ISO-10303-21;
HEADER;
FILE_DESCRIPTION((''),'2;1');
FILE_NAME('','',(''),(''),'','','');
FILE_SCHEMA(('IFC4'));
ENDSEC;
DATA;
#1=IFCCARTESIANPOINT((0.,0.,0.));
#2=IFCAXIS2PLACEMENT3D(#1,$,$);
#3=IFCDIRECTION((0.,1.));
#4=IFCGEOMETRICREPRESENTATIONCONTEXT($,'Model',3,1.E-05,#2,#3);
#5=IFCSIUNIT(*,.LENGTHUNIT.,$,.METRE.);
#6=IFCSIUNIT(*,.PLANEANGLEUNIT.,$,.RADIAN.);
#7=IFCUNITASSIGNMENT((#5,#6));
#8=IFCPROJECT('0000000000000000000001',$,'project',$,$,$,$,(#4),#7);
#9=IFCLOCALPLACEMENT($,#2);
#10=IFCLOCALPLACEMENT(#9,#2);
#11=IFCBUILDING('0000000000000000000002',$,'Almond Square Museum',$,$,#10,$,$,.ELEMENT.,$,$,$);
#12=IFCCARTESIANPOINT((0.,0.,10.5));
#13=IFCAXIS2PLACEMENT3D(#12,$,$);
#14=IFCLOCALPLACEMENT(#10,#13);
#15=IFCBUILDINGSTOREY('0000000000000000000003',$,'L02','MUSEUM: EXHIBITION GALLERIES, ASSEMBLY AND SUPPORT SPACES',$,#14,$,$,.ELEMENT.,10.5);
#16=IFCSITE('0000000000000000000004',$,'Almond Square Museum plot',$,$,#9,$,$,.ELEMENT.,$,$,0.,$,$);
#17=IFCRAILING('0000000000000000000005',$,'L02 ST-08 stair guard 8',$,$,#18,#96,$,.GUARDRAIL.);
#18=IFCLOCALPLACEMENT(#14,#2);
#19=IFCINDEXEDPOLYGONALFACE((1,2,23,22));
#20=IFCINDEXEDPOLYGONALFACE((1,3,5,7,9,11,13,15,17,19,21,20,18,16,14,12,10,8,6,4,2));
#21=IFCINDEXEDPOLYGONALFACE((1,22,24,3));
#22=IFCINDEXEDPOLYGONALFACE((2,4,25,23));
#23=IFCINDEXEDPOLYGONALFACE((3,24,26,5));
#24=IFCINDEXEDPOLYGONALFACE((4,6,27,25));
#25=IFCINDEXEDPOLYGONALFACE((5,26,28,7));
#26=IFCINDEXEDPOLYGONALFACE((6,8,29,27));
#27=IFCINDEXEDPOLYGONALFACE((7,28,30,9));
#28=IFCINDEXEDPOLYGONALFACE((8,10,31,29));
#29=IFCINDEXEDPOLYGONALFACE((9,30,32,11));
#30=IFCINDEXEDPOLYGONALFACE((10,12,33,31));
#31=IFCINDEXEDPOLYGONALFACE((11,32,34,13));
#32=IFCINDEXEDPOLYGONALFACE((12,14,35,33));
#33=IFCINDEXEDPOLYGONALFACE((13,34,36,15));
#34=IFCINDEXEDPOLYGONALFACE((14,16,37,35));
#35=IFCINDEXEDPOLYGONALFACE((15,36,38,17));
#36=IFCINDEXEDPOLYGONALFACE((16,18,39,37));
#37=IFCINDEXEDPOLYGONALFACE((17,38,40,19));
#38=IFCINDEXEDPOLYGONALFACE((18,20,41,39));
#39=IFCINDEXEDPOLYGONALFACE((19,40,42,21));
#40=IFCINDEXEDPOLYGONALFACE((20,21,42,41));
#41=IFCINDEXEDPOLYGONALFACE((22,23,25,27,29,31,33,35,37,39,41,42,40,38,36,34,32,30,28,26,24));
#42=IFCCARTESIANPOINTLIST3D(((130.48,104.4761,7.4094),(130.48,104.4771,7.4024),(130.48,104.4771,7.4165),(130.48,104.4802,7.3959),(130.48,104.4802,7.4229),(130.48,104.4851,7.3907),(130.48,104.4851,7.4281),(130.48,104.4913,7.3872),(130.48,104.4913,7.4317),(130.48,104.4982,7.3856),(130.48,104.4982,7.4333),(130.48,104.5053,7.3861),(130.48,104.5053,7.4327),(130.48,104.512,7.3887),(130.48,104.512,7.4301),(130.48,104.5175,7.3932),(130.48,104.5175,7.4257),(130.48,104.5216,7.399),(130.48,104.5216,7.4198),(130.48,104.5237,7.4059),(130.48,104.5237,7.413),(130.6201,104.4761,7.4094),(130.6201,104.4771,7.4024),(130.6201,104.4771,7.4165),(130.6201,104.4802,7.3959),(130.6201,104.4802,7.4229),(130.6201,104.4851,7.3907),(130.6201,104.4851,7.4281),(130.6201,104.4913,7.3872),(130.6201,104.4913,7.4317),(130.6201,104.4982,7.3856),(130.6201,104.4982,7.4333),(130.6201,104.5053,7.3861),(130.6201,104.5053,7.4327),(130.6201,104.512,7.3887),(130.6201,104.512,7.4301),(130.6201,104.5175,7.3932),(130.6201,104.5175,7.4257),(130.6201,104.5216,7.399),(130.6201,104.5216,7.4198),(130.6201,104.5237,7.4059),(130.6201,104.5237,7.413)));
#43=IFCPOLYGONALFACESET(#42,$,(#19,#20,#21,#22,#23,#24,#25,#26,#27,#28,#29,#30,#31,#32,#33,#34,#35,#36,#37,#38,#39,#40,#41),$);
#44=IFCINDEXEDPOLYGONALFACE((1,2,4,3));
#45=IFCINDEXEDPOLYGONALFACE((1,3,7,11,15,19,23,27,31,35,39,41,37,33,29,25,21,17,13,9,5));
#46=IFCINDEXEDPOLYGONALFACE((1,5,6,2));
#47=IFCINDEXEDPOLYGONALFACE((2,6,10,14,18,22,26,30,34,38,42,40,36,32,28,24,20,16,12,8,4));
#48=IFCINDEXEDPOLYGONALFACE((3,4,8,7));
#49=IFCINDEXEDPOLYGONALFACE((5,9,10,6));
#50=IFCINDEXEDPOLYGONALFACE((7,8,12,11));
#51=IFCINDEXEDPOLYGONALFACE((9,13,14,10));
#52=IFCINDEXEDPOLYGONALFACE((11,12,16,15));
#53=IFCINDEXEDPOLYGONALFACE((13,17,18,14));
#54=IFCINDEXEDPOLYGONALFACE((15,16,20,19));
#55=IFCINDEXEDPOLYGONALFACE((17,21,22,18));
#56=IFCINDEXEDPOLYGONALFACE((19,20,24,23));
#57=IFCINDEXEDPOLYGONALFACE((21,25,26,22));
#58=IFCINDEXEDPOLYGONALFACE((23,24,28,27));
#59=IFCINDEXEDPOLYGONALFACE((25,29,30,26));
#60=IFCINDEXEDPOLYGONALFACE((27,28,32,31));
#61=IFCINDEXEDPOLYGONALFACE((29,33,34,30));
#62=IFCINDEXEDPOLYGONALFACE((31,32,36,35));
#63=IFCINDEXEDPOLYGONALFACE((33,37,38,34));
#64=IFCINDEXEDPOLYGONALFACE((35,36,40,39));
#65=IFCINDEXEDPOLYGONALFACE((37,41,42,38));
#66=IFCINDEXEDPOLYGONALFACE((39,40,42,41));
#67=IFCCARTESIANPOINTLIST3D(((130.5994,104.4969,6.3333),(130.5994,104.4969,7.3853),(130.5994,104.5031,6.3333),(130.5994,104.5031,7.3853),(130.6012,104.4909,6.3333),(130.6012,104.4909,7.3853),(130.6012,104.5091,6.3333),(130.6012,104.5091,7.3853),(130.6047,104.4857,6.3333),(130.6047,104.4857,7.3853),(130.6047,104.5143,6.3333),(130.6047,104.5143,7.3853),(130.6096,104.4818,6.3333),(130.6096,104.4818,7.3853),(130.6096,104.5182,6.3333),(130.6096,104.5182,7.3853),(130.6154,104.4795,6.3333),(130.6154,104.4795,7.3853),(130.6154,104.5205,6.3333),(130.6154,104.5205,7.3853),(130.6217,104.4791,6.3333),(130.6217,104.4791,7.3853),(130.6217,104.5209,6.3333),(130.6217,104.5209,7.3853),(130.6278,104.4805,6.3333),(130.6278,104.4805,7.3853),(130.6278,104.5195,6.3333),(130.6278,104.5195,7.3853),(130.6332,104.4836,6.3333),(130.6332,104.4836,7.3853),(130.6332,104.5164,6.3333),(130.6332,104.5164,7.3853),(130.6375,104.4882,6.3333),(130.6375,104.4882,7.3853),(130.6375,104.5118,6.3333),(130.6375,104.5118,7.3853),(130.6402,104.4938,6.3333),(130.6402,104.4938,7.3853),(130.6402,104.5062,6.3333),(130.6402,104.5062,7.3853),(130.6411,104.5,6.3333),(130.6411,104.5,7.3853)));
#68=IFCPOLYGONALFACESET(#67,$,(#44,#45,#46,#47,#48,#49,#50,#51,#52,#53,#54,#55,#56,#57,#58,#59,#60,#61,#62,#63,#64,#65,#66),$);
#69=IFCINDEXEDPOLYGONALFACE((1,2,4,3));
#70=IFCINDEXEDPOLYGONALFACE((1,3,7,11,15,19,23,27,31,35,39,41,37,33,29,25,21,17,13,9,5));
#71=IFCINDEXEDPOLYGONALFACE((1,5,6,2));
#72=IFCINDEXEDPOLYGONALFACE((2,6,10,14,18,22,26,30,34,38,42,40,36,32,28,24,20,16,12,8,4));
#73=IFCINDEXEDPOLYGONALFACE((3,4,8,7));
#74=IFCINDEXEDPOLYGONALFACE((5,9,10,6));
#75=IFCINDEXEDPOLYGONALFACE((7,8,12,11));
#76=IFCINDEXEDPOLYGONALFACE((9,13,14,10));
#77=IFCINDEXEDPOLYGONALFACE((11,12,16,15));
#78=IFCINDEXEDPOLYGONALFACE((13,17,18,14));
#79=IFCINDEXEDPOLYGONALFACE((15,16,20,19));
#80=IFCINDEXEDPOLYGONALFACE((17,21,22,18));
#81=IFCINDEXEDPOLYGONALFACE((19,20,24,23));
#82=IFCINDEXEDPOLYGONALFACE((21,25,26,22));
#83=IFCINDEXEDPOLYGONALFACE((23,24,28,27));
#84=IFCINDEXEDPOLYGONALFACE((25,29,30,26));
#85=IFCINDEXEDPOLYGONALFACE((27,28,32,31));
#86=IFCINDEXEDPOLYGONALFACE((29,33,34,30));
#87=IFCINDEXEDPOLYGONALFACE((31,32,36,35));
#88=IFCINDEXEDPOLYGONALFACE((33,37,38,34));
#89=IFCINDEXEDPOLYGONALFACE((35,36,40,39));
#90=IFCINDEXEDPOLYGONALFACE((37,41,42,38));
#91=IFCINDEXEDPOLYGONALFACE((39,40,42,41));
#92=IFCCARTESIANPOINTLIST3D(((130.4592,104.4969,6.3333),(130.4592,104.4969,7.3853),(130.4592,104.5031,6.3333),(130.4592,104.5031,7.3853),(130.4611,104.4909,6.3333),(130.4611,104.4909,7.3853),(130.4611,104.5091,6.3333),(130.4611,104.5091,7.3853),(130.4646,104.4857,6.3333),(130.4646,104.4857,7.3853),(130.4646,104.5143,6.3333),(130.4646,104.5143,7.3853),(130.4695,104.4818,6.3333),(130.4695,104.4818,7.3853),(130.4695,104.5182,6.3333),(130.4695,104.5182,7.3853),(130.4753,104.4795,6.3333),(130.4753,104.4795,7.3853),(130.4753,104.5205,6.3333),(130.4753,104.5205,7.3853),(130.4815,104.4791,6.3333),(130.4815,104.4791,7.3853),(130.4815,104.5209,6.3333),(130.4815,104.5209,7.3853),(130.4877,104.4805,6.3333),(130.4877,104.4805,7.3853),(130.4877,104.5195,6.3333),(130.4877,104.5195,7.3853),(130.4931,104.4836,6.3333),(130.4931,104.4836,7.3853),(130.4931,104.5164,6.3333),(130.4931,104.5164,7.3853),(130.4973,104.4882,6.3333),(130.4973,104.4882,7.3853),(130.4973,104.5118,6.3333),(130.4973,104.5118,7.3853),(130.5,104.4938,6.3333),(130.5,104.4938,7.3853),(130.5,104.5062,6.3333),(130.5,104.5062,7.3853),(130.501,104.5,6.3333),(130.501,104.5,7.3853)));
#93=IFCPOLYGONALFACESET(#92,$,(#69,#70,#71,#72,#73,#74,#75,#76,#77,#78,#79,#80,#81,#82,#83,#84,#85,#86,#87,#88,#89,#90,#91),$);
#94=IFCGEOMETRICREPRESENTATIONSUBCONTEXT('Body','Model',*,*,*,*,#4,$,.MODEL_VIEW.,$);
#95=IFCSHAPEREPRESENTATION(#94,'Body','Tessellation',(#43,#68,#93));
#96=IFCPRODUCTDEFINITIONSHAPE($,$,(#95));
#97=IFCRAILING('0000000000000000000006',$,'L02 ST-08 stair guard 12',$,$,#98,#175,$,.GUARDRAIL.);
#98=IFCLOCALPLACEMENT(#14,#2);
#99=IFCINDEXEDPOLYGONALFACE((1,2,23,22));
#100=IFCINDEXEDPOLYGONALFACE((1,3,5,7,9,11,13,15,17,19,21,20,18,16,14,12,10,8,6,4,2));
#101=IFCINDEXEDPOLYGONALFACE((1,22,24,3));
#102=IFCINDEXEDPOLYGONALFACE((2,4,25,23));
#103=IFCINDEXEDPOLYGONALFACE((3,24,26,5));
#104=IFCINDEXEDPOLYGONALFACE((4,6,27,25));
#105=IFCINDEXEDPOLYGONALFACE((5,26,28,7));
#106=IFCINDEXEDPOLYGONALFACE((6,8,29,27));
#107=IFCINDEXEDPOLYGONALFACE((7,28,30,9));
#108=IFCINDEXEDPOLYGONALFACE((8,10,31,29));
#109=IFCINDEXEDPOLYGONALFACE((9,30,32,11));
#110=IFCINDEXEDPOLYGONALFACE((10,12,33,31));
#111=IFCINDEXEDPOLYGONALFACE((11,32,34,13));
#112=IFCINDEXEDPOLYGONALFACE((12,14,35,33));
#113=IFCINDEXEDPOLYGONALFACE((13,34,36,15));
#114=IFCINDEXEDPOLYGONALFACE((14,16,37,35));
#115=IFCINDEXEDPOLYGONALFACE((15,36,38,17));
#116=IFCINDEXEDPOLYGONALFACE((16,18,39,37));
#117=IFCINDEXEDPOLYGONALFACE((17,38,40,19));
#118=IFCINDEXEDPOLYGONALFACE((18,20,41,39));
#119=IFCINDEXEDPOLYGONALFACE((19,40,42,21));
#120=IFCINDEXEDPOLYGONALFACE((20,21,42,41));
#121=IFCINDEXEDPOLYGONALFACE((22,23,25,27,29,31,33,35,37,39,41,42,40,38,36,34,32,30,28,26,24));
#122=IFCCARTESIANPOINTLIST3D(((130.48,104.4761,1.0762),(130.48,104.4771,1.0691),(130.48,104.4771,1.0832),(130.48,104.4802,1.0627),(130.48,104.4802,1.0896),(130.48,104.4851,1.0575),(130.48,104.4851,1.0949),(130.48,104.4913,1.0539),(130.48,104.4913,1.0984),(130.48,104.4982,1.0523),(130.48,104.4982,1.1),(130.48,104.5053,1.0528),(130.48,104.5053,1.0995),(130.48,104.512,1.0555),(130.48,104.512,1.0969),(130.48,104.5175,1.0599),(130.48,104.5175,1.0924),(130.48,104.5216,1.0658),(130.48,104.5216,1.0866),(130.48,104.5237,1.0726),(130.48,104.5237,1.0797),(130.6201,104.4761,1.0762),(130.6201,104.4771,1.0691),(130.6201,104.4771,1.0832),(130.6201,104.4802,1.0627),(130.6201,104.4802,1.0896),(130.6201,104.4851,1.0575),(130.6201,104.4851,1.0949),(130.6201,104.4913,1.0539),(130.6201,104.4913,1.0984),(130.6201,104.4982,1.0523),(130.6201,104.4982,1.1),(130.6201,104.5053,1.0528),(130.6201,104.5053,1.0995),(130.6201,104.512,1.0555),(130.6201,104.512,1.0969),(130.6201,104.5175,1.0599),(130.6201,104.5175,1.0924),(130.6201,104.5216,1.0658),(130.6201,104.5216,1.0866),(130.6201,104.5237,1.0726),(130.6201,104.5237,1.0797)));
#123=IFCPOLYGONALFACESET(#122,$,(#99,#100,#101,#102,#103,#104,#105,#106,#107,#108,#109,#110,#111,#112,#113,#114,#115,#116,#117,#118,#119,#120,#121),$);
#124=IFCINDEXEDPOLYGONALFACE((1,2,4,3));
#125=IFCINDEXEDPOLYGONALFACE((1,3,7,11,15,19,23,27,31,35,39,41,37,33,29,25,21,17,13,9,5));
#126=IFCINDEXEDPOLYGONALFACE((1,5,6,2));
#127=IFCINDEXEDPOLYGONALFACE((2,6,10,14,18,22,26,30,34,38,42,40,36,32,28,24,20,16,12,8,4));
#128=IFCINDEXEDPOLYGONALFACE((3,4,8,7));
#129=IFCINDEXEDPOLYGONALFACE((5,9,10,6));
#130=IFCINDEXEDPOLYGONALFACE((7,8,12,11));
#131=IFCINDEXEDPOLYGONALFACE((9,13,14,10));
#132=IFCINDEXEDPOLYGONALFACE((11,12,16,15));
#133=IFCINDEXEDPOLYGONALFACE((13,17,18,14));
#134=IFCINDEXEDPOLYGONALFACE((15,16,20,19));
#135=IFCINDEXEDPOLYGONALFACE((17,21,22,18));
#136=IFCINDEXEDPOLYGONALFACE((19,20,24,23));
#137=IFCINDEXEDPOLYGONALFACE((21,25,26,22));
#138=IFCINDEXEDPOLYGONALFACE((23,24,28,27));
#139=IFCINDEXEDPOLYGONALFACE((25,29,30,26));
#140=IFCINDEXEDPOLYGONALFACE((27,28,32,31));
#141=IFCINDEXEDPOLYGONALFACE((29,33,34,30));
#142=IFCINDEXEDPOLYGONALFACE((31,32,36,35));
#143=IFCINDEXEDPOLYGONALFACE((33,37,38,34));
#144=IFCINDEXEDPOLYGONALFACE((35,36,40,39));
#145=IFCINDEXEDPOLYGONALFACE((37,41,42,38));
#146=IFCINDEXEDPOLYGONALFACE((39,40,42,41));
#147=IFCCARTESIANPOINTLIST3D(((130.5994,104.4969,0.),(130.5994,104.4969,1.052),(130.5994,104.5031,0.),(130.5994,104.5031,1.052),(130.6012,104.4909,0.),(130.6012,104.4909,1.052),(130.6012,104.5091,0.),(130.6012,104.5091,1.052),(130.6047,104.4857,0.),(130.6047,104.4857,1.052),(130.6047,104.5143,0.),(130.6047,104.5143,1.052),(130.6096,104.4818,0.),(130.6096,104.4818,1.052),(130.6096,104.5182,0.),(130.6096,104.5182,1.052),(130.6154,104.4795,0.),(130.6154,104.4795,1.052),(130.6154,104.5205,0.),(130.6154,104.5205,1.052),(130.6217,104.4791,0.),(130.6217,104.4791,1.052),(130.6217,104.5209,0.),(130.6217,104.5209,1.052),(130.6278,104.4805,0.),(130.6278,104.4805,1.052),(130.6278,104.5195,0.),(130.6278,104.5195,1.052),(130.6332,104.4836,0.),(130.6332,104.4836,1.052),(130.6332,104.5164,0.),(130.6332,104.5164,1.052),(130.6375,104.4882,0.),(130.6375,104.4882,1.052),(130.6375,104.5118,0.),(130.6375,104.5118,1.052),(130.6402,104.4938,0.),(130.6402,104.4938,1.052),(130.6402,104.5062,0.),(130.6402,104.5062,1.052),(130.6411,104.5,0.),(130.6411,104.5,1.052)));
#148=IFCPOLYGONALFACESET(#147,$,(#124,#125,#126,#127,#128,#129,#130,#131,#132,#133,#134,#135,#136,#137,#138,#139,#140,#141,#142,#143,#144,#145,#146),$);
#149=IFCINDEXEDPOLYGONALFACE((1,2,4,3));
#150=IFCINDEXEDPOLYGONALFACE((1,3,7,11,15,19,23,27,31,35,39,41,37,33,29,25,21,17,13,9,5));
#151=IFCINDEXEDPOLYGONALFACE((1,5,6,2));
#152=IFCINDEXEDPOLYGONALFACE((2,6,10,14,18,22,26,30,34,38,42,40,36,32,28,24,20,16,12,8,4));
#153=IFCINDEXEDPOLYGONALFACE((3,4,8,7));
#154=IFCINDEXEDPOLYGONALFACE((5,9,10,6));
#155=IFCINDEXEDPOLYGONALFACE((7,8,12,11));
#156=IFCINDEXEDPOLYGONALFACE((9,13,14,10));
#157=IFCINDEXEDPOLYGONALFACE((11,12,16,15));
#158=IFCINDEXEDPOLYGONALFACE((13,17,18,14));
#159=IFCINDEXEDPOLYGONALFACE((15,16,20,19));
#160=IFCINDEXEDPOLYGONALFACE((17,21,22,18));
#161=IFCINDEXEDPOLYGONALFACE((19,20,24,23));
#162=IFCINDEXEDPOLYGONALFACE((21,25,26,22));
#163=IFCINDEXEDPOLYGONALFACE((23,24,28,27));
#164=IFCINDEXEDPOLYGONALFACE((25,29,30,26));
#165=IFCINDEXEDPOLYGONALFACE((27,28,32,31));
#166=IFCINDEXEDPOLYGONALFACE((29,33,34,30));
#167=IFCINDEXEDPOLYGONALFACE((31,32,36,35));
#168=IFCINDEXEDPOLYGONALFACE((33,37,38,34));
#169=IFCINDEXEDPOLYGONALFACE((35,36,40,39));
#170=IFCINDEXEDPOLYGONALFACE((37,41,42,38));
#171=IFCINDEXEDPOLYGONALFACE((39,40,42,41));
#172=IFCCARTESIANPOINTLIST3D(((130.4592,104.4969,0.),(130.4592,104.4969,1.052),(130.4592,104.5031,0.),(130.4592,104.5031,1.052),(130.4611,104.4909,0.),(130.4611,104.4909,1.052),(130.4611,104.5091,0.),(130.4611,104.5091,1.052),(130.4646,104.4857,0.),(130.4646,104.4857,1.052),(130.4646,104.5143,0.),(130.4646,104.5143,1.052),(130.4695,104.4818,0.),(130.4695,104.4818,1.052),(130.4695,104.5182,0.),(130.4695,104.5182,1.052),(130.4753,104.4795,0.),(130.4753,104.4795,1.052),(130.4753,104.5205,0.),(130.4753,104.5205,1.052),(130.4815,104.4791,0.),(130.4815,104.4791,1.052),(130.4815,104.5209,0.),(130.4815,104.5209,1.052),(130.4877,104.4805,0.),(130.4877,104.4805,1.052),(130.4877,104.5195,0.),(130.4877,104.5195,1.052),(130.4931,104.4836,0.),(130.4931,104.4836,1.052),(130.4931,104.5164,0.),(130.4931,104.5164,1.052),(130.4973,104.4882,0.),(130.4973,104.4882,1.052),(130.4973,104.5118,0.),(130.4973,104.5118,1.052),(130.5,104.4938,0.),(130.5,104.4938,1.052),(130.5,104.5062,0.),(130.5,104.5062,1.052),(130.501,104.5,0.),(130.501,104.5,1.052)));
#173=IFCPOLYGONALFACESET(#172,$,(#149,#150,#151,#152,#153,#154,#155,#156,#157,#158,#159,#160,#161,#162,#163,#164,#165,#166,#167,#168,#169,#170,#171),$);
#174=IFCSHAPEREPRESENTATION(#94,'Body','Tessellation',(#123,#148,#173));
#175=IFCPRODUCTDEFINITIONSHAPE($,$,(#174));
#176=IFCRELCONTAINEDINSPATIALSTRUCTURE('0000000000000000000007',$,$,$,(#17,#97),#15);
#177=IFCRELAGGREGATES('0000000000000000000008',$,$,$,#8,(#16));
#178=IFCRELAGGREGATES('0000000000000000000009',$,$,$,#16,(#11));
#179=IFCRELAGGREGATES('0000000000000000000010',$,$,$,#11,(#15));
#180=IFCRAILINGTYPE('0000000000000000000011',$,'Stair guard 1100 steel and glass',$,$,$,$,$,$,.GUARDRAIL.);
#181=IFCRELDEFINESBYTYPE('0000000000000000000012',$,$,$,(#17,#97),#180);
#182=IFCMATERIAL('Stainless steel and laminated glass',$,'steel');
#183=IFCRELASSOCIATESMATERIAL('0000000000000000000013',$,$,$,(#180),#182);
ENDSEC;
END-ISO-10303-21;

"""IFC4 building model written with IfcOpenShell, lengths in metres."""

from ifc_helpers import new_model, si_unit, direction, frame, origin, origin_2d, place, context, subcontext, project, spatial, circle, extrude, material, type_object, element, save


model = new_model("IFC4")

# Units and contexts
model_context = context("Model", 3, precision=1e-05, world=origin(), true_north=direction((0.0, 1.0)))
body_context = subcontext(model_context, "Body", "Model", "MODEL_VIEW")
ifc_project = project(units=[si_unit("LENGTHUNIT", "METRE"), si_unit("PLANEANGLEUNIT", "RADIAN")], contexts=[model_context])

# Site, building, storey
site_placement = place(None, origin())
site = spatial("IfcSite", under=ifc_project, at=site_placement, Name="Almond Square Museum plot", CompositionType="ELEMENT", RefElevation=0.0)
building_placement = place(site_placement, origin())
building = spatial("IfcBuilding", under=site, at=building_placement, Name="Almond Square Museum", CompositionType="ELEMENT")
storey_placement = place(building_placement, frame((0.0, 0.0, 10.5)))
storey = spatial("IfcBuildingStorey", under=building, at=storey_placement, Name="L02", Description="MUSEUM: EXHIBITION GALLERIES, ASSEMBLY AND SUPPORT SPACES", CompositionType="ELEMENT", Elevation=10.5)

# Railings
ifc_material_1 = material(Name="Stainless steel and laminated glass", Category="steel")
railing_type_1 = type_object("IfcRailingType", Name="Stair guard 1100 steel and glass", PredefinedType="GUARDRAIL", material=ifc_material_1)
for number, where, name in (
    (1, (130.6201, 104.5, 6.3333), "L02 ST-08 stair guard 8"),
    (2, (130.6201, 104.5, 0.0), "L02 ST-08 stair guard 12"),
):
    element("IfcRailing", number, at=place(storey_placement, frame(where)), inside=storey, type_object=railing_type_1, Name=name, PredefinedType="GUARDRAIL", context=body_context, shape_type="SweptSolid", body=[
        extrude(circle(Radius=0.0239, at=origin_2d()), frame((0.0, 0.0, 1.0762), z_axis=(-1.0, 0.0, 0.0), x_axis=(0.0, -1.0, 0.0)), (0.0, 0.0, 1.0), 0.1401),
        extrude(circle(Radius=0.021, at=origin_2d()), origin(), (0.0, 0.0, 1.0), 1.052),
        extrude(circle(Radius=0.021, at=origin_2d()), frame((-0.1401, 0.0, 0.0)), (0.0, 0.0, 1.0), 1.052),
    ])

save(model, "model.ifc")
